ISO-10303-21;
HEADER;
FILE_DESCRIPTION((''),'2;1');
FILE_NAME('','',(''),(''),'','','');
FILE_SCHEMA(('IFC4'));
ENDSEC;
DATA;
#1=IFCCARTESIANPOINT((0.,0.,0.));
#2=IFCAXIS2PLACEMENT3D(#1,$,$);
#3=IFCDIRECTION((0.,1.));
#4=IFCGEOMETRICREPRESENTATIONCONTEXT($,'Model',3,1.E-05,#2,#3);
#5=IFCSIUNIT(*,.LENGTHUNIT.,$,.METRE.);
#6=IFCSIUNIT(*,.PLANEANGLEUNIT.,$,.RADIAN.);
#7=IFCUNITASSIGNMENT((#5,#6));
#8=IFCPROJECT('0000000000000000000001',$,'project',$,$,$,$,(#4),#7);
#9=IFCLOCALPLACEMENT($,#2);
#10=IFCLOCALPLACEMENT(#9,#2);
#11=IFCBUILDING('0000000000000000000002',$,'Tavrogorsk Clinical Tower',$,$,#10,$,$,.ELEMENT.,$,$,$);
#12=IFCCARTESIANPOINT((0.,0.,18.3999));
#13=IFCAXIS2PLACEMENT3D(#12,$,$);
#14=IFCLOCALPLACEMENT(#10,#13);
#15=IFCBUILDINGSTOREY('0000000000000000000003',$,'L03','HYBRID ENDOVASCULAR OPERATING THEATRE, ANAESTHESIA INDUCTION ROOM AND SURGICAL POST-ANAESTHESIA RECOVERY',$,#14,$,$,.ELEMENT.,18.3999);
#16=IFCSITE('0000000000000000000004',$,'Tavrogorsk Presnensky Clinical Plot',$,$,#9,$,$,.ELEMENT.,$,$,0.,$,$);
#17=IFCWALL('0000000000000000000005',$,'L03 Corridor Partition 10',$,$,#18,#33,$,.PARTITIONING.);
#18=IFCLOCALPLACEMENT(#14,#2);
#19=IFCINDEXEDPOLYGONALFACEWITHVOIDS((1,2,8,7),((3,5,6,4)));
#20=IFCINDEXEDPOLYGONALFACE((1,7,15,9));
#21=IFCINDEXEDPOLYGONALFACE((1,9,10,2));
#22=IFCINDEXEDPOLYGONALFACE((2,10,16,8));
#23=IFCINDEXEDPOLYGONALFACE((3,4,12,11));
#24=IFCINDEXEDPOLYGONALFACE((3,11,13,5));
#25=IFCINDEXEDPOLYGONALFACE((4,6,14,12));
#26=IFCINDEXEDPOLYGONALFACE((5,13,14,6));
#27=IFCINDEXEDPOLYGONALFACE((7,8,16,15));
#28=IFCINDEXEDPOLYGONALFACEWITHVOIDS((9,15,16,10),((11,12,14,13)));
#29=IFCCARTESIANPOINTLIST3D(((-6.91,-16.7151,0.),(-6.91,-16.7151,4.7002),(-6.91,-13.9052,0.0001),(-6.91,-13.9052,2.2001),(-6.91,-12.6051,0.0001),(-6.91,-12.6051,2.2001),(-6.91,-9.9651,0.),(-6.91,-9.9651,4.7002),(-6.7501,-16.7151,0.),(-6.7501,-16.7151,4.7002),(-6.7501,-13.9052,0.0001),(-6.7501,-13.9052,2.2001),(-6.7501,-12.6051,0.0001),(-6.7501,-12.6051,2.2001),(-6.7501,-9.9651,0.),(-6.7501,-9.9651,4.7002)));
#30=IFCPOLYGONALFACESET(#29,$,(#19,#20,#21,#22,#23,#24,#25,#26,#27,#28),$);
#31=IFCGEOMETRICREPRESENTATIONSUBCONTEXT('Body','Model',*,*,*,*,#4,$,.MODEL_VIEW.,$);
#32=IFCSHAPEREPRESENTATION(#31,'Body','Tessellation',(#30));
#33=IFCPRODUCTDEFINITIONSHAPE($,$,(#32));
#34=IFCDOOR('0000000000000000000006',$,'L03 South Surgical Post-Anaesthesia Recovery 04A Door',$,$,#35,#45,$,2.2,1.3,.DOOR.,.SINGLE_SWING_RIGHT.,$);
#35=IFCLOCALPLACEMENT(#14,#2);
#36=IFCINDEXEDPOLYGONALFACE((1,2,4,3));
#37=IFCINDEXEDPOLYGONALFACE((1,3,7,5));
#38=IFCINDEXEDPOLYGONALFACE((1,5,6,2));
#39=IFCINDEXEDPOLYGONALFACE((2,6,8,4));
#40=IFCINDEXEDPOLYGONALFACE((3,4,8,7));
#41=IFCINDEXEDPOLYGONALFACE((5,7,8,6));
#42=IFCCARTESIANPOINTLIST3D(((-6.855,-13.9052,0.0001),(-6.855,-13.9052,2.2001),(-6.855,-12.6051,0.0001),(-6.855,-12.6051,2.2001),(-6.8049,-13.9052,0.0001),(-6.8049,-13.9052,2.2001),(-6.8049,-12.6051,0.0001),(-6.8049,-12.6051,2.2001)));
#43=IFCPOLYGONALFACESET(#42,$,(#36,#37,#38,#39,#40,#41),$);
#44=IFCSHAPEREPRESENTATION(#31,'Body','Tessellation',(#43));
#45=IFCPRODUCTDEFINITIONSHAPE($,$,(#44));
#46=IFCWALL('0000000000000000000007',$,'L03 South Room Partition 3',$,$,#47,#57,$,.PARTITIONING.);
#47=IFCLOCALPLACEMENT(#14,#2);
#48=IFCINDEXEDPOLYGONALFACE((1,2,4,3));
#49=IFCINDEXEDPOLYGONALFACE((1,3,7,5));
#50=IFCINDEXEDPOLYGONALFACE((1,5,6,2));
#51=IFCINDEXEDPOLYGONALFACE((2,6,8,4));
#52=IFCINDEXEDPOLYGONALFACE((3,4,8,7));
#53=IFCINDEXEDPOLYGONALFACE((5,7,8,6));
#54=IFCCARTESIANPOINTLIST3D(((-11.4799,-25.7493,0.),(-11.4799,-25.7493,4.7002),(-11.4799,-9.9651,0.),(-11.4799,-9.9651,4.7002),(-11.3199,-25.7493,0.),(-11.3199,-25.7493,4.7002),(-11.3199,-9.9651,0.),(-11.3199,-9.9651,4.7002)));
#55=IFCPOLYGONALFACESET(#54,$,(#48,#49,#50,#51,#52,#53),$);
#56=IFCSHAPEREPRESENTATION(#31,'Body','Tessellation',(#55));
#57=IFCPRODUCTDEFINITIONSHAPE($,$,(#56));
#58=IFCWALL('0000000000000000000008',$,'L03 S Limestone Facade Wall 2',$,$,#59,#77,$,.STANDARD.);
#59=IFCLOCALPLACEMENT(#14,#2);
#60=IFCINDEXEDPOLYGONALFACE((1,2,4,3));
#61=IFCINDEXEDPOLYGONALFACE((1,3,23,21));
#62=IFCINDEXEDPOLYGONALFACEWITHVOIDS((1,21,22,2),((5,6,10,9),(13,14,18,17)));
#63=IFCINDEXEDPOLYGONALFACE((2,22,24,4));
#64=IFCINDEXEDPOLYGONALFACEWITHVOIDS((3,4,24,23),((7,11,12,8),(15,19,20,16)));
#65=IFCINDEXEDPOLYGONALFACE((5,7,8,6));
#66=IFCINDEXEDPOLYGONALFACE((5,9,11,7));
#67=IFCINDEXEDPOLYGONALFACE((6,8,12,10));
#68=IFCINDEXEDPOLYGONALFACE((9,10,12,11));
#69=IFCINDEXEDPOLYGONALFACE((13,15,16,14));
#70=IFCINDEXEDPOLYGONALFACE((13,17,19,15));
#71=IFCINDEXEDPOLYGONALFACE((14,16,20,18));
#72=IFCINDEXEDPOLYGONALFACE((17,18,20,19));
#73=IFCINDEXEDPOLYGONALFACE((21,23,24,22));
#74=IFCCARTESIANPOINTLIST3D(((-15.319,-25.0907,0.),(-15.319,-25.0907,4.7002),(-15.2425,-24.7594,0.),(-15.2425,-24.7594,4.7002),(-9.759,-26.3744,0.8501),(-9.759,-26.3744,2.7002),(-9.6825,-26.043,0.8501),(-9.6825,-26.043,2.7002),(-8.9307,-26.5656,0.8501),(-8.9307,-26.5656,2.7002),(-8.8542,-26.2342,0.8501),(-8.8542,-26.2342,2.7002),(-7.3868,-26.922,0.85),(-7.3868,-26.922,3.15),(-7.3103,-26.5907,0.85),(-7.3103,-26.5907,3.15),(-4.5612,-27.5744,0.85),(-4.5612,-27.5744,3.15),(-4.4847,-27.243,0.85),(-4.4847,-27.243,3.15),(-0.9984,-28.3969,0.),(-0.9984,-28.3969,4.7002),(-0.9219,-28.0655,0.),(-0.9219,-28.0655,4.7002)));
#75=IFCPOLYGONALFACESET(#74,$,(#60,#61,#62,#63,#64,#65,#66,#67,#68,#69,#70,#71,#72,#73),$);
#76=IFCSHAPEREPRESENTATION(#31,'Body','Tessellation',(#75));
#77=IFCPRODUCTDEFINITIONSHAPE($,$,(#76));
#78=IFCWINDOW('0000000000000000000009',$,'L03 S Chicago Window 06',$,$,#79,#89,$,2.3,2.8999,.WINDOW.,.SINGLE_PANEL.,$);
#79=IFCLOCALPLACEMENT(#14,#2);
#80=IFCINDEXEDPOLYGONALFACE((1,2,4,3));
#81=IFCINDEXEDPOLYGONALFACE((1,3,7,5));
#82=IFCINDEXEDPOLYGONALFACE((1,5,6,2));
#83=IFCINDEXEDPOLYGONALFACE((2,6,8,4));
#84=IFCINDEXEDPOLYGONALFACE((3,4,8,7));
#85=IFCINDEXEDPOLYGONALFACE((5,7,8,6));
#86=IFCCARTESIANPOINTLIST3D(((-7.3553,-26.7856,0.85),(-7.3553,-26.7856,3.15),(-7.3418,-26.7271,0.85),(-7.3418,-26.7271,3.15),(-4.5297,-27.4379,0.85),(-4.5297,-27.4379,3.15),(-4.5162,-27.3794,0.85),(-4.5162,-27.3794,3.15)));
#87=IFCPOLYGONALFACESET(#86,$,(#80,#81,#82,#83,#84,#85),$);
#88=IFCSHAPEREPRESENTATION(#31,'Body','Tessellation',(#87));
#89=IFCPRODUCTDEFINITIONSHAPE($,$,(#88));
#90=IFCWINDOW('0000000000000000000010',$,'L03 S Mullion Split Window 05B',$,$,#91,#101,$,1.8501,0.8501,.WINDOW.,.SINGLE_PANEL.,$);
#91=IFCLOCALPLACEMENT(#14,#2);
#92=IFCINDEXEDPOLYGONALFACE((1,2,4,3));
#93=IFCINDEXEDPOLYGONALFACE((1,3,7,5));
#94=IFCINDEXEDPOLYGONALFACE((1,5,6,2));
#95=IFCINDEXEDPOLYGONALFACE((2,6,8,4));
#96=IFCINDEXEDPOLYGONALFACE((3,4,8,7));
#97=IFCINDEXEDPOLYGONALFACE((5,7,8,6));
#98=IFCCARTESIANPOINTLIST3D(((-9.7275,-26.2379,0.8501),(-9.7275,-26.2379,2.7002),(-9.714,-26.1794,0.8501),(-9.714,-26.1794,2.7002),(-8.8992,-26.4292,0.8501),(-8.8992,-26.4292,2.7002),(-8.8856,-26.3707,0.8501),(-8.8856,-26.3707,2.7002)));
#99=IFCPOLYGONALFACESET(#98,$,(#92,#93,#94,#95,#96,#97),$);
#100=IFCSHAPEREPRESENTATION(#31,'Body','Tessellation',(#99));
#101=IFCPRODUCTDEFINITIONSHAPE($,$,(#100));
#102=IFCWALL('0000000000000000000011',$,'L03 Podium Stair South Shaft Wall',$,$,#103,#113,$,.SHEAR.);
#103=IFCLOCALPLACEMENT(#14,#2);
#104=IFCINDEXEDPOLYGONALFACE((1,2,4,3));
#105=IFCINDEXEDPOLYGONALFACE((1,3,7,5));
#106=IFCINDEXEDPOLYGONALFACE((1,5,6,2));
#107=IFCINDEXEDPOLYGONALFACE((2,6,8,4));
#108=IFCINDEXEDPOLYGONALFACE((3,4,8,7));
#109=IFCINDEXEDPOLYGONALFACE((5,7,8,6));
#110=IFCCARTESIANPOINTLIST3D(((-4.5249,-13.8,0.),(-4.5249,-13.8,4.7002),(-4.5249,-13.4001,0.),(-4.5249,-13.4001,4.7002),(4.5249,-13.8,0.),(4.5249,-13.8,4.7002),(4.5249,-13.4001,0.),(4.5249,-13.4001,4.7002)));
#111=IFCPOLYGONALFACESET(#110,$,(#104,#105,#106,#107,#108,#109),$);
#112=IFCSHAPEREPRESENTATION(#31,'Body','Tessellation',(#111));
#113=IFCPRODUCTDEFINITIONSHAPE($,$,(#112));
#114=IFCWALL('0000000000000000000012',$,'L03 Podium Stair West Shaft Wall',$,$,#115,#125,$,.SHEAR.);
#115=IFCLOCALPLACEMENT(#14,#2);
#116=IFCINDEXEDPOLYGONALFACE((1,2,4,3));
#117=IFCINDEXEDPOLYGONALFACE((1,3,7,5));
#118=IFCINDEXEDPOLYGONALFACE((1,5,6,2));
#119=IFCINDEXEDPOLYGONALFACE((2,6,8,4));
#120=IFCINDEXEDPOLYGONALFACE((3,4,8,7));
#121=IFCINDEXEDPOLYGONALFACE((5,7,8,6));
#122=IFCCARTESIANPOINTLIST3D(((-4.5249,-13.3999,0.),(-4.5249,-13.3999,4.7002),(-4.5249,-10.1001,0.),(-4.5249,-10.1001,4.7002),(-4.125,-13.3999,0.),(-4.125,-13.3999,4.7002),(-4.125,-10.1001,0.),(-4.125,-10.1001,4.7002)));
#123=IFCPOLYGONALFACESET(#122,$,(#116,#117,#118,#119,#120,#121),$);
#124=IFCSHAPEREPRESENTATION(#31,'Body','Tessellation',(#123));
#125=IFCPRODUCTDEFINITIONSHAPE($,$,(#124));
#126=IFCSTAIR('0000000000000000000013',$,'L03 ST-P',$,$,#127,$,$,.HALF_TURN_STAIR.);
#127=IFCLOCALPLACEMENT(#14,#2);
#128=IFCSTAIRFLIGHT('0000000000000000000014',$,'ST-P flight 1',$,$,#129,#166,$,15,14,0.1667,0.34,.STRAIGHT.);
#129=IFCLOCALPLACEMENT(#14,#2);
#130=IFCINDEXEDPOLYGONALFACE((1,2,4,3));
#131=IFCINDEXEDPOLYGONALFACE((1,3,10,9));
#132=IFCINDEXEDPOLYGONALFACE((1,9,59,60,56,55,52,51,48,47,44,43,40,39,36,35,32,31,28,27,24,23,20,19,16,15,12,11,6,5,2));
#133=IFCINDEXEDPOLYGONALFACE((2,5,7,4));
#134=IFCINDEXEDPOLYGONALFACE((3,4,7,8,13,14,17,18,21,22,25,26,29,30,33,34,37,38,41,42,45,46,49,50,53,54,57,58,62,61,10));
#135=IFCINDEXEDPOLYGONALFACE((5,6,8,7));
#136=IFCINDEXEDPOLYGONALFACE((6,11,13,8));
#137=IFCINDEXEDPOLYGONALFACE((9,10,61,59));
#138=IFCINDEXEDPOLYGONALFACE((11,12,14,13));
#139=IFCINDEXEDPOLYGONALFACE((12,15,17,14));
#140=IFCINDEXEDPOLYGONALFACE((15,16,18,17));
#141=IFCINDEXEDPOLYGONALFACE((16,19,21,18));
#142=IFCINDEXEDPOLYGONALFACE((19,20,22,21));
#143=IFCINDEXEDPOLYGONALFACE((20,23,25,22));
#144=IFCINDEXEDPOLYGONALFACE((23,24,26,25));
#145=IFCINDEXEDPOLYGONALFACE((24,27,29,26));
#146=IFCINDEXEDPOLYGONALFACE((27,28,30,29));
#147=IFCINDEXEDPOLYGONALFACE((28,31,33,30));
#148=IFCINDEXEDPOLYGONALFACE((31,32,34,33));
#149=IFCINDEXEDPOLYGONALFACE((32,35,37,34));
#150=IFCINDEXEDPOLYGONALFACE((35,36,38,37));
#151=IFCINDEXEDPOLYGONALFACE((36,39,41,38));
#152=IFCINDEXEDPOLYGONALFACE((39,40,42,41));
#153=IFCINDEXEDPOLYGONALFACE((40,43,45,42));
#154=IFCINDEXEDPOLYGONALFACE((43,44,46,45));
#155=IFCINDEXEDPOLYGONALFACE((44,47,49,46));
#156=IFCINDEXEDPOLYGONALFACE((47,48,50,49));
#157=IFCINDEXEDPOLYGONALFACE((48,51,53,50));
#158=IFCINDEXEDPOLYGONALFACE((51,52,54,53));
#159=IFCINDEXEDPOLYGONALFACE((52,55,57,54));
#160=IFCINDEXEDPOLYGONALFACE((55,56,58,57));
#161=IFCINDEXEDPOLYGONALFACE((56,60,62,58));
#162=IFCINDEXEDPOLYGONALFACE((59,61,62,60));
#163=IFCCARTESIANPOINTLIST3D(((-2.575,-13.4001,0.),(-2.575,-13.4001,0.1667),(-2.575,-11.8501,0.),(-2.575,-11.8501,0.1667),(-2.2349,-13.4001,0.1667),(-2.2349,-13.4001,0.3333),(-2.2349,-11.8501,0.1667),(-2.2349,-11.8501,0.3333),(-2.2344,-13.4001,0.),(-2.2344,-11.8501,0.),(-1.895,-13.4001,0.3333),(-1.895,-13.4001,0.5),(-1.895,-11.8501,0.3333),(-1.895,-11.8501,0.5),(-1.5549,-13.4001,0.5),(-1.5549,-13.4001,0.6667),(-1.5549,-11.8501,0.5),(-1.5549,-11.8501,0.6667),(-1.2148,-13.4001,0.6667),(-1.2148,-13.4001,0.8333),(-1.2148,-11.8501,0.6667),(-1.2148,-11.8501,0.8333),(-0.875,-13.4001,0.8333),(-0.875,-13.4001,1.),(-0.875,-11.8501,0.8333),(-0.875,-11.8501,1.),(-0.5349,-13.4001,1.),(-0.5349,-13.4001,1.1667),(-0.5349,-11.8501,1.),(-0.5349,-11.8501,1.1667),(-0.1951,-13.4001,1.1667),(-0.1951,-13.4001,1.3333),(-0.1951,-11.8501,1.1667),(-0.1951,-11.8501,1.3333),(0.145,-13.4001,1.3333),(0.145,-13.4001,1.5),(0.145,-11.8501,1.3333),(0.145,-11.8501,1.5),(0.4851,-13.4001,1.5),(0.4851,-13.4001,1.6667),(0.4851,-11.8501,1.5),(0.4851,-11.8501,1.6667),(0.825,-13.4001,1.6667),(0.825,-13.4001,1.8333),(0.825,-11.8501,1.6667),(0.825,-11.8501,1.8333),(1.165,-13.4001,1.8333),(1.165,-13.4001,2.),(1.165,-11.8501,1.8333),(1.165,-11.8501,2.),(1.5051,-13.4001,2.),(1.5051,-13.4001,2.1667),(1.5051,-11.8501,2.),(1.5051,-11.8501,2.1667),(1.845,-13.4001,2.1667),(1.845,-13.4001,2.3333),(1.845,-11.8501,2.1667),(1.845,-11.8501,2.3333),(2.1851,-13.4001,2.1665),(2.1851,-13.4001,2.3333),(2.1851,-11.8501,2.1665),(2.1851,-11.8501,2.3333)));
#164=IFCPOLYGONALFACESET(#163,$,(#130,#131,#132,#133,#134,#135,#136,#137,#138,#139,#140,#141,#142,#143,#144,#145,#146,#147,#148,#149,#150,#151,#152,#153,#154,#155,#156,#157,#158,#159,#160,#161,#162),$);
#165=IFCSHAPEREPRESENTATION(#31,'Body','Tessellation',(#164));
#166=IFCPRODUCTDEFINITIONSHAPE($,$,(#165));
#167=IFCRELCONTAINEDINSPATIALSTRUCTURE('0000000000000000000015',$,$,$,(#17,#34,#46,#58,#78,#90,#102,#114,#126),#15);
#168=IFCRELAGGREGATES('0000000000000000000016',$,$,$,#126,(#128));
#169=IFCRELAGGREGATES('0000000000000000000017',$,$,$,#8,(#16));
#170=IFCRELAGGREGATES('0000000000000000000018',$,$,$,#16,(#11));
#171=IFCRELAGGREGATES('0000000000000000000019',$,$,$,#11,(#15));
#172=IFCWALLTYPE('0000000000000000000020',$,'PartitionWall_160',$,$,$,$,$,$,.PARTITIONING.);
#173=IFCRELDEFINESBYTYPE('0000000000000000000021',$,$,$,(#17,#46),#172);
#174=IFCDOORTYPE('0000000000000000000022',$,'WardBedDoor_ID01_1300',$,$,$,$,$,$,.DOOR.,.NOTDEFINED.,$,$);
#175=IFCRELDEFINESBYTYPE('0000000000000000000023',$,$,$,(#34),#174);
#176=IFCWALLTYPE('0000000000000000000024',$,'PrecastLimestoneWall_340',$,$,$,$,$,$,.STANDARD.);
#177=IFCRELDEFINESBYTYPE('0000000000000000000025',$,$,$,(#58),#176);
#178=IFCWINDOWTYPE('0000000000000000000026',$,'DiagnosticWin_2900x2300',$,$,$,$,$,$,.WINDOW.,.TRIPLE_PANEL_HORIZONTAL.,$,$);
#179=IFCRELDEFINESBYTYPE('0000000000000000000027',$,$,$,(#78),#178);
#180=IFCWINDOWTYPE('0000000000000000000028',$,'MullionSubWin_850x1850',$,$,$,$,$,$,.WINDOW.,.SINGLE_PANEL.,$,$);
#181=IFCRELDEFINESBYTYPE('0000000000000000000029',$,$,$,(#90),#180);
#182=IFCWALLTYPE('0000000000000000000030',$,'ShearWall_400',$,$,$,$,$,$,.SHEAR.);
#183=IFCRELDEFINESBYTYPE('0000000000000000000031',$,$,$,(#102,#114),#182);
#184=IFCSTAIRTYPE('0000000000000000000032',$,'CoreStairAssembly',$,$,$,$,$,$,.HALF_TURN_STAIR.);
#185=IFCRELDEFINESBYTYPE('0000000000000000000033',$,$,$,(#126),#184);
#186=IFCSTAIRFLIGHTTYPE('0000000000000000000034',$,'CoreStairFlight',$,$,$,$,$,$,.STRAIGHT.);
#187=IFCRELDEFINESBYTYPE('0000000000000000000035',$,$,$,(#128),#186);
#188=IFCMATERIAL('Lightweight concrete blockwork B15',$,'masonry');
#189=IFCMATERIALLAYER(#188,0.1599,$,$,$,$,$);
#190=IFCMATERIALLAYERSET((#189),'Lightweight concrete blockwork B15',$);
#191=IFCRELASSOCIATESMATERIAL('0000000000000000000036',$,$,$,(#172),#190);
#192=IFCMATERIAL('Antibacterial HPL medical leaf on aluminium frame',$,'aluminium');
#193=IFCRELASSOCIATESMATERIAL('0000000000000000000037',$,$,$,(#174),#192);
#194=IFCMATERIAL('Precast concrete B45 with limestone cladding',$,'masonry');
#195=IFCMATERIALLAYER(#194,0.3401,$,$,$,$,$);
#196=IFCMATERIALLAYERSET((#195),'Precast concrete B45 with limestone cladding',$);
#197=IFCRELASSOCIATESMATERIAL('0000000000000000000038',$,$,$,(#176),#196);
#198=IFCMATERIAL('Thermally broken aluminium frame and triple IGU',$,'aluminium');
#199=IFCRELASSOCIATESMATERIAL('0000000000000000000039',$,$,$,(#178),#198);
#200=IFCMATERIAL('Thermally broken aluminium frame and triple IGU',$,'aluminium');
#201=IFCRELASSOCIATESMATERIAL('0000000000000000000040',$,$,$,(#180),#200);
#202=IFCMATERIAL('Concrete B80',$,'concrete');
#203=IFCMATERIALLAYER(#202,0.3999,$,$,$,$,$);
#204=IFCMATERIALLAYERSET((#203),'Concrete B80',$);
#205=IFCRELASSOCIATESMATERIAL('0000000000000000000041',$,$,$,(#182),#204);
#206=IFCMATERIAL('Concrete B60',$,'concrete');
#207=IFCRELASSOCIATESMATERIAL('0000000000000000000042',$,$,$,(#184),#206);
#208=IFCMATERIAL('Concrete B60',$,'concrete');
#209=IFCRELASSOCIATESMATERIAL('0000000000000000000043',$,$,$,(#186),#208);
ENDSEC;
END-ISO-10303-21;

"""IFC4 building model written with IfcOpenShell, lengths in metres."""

from ifc_helpers import new_model, si_unit, direction, frame, frame_2d, origin, place, context, subcontext, project, spatial, polyline, rectangle, outline, extrude, material, layer, layer_set, type_object, element, fill, aggregate, save


model = new_model("IFC4")

# Units and contexts
model_context = context("Model", 3, precision=1e-05, world=origin(), true_north=direction((0.0, 1.0)))
body_context = subcontext(model_context, "Body", "Model", "MODEL_VIEW")
ifc_project = project(units=[si_unit("LENGTHUNIT", "METRE"), si_unit("PLANEANGLEUNIT", "RADIAN")], contexts=[model_context])

# Site, building, storey
site_placement = place(None, origin())
site = spatial("IfcSite", under=ifc_project, at=site_placement, Name="Tavrogorsk Presnensky Clinical Plot", CompositionType="ELEMENT", RefElevation=0.0)
building_placement = place(site_placement, origin())
building = spatial("IfcBuilding", under=site, at=building_placement, Name="Tavrogorsk Clinical Tower", CompositionType="ELEMENT")
storey_placement = place(building_placement, frame((0.0, 0.0, 18.3999)))
storey = spatial("IfcBuildingStorey", under=building, at=storey_placement, Name="L03", Description="HYBRID ENDOVASCULAR OPERATING THEATRE, ANAESTHESIA INDUCTION ROOM AND SURGICAL POST-ANAESTHESIA RECOVERY", CompositionType="ELEMENT", Elevation=18.3999)

# Shared definitions
ifc_material_1 = material(Name="Lightweight concrete blockwork B15", Category="masonry")
ifc_layer_1 = layer(ifc_material_1, 0.1599)
ifc_layer_set_1 = layer_set([ifc_layer_1], Name="Lightweight concrete blockwork B15")
wall_type_1 = type_object("IfcWallType", Name="PartitionWall_160", PredefinedType="PARTITIONING", material=ifc_layer_set_1)

# Wall, opening, door
wall_1_placement = place(storey_placement, frame((-6.8301, -16.7151, 0.0), z_axis=(0.0, 0.0, 1.0), x_axis=(0.0, 1.0, 0.0)))
wall_1 = element("IfcWall", 1, at=wall_1_placement, inside=storey, type_object=wall_type_1, Name="L03 Corridor Partition 10", PredefinedType="PARTITIONING", context=body_context, shape_type="SweptSolid", body=[
    extrude(rectangle(XDim=6.75, YDim=0.1599, at=frame_2d((3.375, 0.0))), origin(), (0.0, 0.0, 1.0), 4.7002),
])
opening_1_placement = place(wall_1_placement, frame((2.8101, 0.0, 0.0)))
opening_1 = element("IfcOpeningElement", 2, at=opening_1_placement, cuts=wall_1, PredefinedType="OPENING", context=body_context, shape_type="SweptSolid", body=[
    extrude(rectangle(XDim=1.3, YDim=2.2, at=frame_2d((0.6499, 1.1001))), frame((0.0, 0.0898, 0.0), z_axis=(0.0, -1.0, 0.0), x_axis=(1.0, 0.0, 0.0)), (0.0, 0.0, 1.0), 0.1799),
])
ifc_material_2 = material(Name="Antibacterial HPL medical leaf on aluminium frame", Category="aluminium")
door_type = type_object("IfcDoorType", Name="WardBedDoor_ID01_1300", OperationType="NOTDEFINED", PredefinedType="DOOR", material=ifc_material_2)
door_placement = place(opening_1_placement, origin())
door = element("IfcDoor", 3, at=door_placement, inside=storey, type_object=door_type, Name="L03 South Surgical Post-Anaesthesia Recovery 04A Door", OperationType="SINGLE_SWING_RIGHT", OverallHeight=2.2, OverallWidth=1.3, PredefinedType="DOOR", context=body_context, shape_type="SweptSolid", body=[
    extrude(rectangle(XDim=1.3, YDim=2.2, at=frame_2d((0.6499, 1.1001))), frame((0.0, 0.0249, 0.0), z_axis=(0.0, -1.0, 0.0), x_axis=(1.0, 0.0, 0.0)), (0.0, 0.0, 1.0), 0.05),
])
fill(opening_1, door)

# Wall
wall_2_placement = place(storey_placement, frame((-11.3999, -25.7493, 0.0), z_axis=(0.0, 0.0, 1.0), x_axis=(0.0, 1.0, 0.0)))
element("IfcWall", 4, at=wall_2_placement, inside=storey, type_object=wall_type_1, Name="L03 South Room Partition 3", PredefinedType="PARTITIONING", context=body_context, shape_type="SweptSolid", body=[
    extrude(rectangle(XDim=15.7842, YDim=0.1599, at=frame_2d((7.8921, 0.0))), origin(), (0.0, 0.0, 1.0), 4.7002),
])

# Wall, openings, windows
ifc_material_3 = material(Name="Precast concrete B45 with limestone cladding", Category="masonry")
ifc_layer_2 = layer(ifc_material_3, 0.3401)
ifc_layer_set_2 = layer_set([ifc_layer_2], Name="Precast concrete B45 with limestone cladding")
wall_type_2 = type_object("IfcWallType", Name="PrecastLimestoneWall_340", PredefinedType="STANDARD", material=ifc_layer_set_2)
wall_3_placement = place(storey_placement, frame((-15.2808, -24.925, 0.0), z_axis=(0.0, 0.0, 1.0), x_axis=(0.97437, -0.22495, 0.0)))
wall_3 = element("IfcWall", 5, at=wall_3_placement, inside=storey, type_object=wall_type_2, Name="L03 S Limestone Facade Wall 2", PredefinedType="STANDARD", context=body_context, shape_type="SweptSolid", body=[
    extrude(rectangle(XDim=14.6973, YDim=0.3401, at=frame_2d((7.3486, 0.0))), origin(), (0.0, 0.0, 1.0), 4.7002),
])
opening_2_placement = place(wall_3_placement, frame((5.7063, 0.0, 0.8501)))
opening_2 = element("IfcOpeningElement", 6, at=opening_2_placement, cuts=wall_3, PredefinedType="OPENING", context=body_context, shape_type="SweptSolid", body=[
    extrude(rectangle(XDim=0.8501, YDim=1.8501, at=frame_2d((0.425, 0.925))), frame((0.0, 0.1799, 0.0), z_axis=(0.0, -1.0, 0.0), x_axis=(1.0, 0.0, 0.0)), (0.0, 0.0, 1.0), 0.3601),
])
opening_3_placement = place(wall_3_placement, frame((8.1409, 0.0, 0.8501)))
opening_3 = element("IfcOpeningElement", 7, at=opening_3_placement, cuts=wall_3, PredefinedType="OPENING", context=body_context, shape_type="SweptSolid", body=[
    extrude(rectangle(XDim=2.8999, YDim=2.3, at=frame_2d((1.45, 1.1499))), frame((0.0, 0.1799, 0.0), z_axis=(0.0, -1.0, 0.0), x_axis=(1.0, 0.0, 0.0)), (0.0, 0.0, 1.0), 0.3601),
])
ifc_material_4 = material(Name="Thermally broken aluminium frame and triple IGU", Category="aluminium")
window_type_1 = type_object("IfcWindowType", Name="DiagnosticWin_2900x2300", PartitioningType="TRIPLE_PANEL_HORIZONTAL", PredefinedType="WINDOW", material=ifc_material_4)
window_1_placement = place(opening_3_placement, origin())
window_1 = element("IfcWindow", 8, at=window_1_placement, inside=storey, type_object=window_type_1, Name="L03 S Chicago Window 06", OverallHeight=2.3, OverallWidth=2.8999, PartitioningType="SINGLE_PANEL", PredefinedType="WINDOW", context=body_context, shape_type="SweptSolid", body=[
    extrude(rectangle(XDim=2.8999, YDim=2.3, at=frame_2d((1.45, 1.1499))), frame((0.0, 0.03, 0.0), z_axis=(0.0, -1.0, 0.0), x_axis=(1.0, 0.0, 0.0)), (0.0, 0.0, 1.0), 0.0601),
])
fill(opening_3, window_1)
ifc_material_5 = material(Name="Thermally broken aluminium frame and triple IGU", Category="aluminium")
window_type_2 = type_object("IfcWindowType", Name="MullionSubWin_850x1850", PartitioningType="SINGLE_PANEL", PredefinedType="WINDOW", material=ifc_material_5)
window_2_placement = place(opening_2_placement, origin())
window_2 = element("IfcWindow", 9, at=window_2_placement, inside=storey, type_object=window_type_2, Name="L03 S Mullion Split Window 05B", OverallHeight=1.8501, OverallWidth=0.8501, PartitioningType="SINGLE_PANEL", PredefinedType="WINDOW", context=body_context, shape_type="SweptSolid", body=[
    extrude(rectangle(XDim=0.8501, YDim=1.8501, at=frame_2d((0.425, 0.925))), frame((0.0, 0.03, 0.0), z_axis=(0.0, -1.0, 0.0), x_axis=(1.0, 0.0, 0.0)), (0.0, 0.0, 1.0), 0.0601),
])
fill(opening_2, window_2)

# Walls
ifc_material_6 = material(Name="Concrete B80", Category="concrete")
ifc_layer_3 = layer(ifc_material_6, 0.3999)
ifc_layer_set_3 = layer_set([ifc_layer_3], Name="Concrete B80")
wall_type_3 = type_object("IfcWallType", Name="ShearWall_400", PredefinedType="SHEAR", material=ifc_layer_set_3)
wall_4_placement = place(storey_placement, frame((-4.5249, -13.6001, 0.0), z_axis=(0.0, 0.0, 1.0), x_axis=(1.0, 0.0, 0.0)))
element("IfcWall", 10, at=wall_4_placement, inside=storey, type_object=wall_type_3, Name="L03 Podium Stair South Shaft Wall", PredefinedType="SHEAR", context=body_context, shape_type="SweptSolid", body=[
    extrude(rectangle(XDim=9.0498, YDim=0.3999, at=frame_2d((4.5249, 0.0))), origin(), (0.0, 0.0, 1.0), 4.7002),
])
wall_5_placement = place(storey_placement, frame((-4.325, -13.3999, 0.0), z_axis=(0.0, 0.0, 1.0), x_axis=(0.0, 1.0, 0.0)))
element("IfcWall", 11, at=wall_5_placement, inside=storey, type_object=wall_type_3, Name="L03 Podium Stair West Shaft Wall", PredefinedType="SHEAR", context=body_context, shape_type="SweptSolid", body=[
    extrude(rectangle(XDim=3.2998, YDim=0.3999, at=frame_2d((1.6499, 0.0))), origin(), (0.0, 0.0, 1.0), 4.7002),
])

# Stair, stair flight
ifc_material_7 = material(Name="Concrete B60", Category="concrete")
stair_type = type_object("IfcStairType", Name="CoreStairAssembly", PredefinedType="HALF_TURN_STAIR", material=ifc_material_7)
stair_placement = place(storey_placement, origin())
stair = element("IfcStair", 12, at=stair_placement, inside=storey, type_object=stair_type, Name="L03 ST-P", PredefinedType="HALF_TURN_STAIR")
ifc_material_8 = material(Name="Concrete B60", Category="concrete")
stair_flight_type = type_object("IfcStairFlightType", Name="CoreStairFlight", PredefinedType="STRAIGHT", material=ifc_material_8)
stair_flight_placement = place(storey_placement, frame((-2.575, -12.625, 0.0), z_axis=(0.0, 0.0, 1.0), x_axis=(1.0, 0.0, 0.0)))
stair_flight = element("IfcStairFlight", 13, at=stair_flight_placement, type_object=stair_flight_type, Name="ST-P flight 1", NumberOfRisers=15, NumberOfTreads=14, PredefinedType="STRAIGHT", RiserHeight=0.1667, TreadLength=0.34, context=body_context, shape_type="SweptSolid", body=[
    extrude(outline(polyline([(0.0, 0.0), (0.0, 0.1667), (0.3401, 0.1667), (0.3401, 0.3333), (0.6799, 0.3333), (0.6799, 0.5), (1.02, 0.5), (1.02, 0.6667), (1.3601, 0.6667), (1.3601, 0.8333), (1.7, 0.8333), (1.7, 1.0), (2.04, 1.0), (2.04, 1.1667), (2.3799, 1.1667), (2.3799, 1.3333), (2.72, 1.3333), (2.72, 1.5), (3.0601, 1.5), (3.0601, 1.6667), (3.3999, 1.6667), (3.3999, 1.8333), (3.74, 1.8333), (3.74, 2.0), (4.0801, 2.0), (4.0801, 2.1667), (4.4199, 2.1667), (4.4199, 2.3333), (4.76, 2.3333), (4.76, 2.5), (4.76, 2.1665), (0.3406, 0.0), (0.0, 0.0)])), frame((0.0, 0.7749, 0.0), z_axis=(0.0, -1.0, 0.0), x_axis=(1.0, 0.0, 0.0)), (0.0, 0.0, 1.0), 1.55),
])
aggregate(stair, [stair_flight])

save(model, "model.ifc")
